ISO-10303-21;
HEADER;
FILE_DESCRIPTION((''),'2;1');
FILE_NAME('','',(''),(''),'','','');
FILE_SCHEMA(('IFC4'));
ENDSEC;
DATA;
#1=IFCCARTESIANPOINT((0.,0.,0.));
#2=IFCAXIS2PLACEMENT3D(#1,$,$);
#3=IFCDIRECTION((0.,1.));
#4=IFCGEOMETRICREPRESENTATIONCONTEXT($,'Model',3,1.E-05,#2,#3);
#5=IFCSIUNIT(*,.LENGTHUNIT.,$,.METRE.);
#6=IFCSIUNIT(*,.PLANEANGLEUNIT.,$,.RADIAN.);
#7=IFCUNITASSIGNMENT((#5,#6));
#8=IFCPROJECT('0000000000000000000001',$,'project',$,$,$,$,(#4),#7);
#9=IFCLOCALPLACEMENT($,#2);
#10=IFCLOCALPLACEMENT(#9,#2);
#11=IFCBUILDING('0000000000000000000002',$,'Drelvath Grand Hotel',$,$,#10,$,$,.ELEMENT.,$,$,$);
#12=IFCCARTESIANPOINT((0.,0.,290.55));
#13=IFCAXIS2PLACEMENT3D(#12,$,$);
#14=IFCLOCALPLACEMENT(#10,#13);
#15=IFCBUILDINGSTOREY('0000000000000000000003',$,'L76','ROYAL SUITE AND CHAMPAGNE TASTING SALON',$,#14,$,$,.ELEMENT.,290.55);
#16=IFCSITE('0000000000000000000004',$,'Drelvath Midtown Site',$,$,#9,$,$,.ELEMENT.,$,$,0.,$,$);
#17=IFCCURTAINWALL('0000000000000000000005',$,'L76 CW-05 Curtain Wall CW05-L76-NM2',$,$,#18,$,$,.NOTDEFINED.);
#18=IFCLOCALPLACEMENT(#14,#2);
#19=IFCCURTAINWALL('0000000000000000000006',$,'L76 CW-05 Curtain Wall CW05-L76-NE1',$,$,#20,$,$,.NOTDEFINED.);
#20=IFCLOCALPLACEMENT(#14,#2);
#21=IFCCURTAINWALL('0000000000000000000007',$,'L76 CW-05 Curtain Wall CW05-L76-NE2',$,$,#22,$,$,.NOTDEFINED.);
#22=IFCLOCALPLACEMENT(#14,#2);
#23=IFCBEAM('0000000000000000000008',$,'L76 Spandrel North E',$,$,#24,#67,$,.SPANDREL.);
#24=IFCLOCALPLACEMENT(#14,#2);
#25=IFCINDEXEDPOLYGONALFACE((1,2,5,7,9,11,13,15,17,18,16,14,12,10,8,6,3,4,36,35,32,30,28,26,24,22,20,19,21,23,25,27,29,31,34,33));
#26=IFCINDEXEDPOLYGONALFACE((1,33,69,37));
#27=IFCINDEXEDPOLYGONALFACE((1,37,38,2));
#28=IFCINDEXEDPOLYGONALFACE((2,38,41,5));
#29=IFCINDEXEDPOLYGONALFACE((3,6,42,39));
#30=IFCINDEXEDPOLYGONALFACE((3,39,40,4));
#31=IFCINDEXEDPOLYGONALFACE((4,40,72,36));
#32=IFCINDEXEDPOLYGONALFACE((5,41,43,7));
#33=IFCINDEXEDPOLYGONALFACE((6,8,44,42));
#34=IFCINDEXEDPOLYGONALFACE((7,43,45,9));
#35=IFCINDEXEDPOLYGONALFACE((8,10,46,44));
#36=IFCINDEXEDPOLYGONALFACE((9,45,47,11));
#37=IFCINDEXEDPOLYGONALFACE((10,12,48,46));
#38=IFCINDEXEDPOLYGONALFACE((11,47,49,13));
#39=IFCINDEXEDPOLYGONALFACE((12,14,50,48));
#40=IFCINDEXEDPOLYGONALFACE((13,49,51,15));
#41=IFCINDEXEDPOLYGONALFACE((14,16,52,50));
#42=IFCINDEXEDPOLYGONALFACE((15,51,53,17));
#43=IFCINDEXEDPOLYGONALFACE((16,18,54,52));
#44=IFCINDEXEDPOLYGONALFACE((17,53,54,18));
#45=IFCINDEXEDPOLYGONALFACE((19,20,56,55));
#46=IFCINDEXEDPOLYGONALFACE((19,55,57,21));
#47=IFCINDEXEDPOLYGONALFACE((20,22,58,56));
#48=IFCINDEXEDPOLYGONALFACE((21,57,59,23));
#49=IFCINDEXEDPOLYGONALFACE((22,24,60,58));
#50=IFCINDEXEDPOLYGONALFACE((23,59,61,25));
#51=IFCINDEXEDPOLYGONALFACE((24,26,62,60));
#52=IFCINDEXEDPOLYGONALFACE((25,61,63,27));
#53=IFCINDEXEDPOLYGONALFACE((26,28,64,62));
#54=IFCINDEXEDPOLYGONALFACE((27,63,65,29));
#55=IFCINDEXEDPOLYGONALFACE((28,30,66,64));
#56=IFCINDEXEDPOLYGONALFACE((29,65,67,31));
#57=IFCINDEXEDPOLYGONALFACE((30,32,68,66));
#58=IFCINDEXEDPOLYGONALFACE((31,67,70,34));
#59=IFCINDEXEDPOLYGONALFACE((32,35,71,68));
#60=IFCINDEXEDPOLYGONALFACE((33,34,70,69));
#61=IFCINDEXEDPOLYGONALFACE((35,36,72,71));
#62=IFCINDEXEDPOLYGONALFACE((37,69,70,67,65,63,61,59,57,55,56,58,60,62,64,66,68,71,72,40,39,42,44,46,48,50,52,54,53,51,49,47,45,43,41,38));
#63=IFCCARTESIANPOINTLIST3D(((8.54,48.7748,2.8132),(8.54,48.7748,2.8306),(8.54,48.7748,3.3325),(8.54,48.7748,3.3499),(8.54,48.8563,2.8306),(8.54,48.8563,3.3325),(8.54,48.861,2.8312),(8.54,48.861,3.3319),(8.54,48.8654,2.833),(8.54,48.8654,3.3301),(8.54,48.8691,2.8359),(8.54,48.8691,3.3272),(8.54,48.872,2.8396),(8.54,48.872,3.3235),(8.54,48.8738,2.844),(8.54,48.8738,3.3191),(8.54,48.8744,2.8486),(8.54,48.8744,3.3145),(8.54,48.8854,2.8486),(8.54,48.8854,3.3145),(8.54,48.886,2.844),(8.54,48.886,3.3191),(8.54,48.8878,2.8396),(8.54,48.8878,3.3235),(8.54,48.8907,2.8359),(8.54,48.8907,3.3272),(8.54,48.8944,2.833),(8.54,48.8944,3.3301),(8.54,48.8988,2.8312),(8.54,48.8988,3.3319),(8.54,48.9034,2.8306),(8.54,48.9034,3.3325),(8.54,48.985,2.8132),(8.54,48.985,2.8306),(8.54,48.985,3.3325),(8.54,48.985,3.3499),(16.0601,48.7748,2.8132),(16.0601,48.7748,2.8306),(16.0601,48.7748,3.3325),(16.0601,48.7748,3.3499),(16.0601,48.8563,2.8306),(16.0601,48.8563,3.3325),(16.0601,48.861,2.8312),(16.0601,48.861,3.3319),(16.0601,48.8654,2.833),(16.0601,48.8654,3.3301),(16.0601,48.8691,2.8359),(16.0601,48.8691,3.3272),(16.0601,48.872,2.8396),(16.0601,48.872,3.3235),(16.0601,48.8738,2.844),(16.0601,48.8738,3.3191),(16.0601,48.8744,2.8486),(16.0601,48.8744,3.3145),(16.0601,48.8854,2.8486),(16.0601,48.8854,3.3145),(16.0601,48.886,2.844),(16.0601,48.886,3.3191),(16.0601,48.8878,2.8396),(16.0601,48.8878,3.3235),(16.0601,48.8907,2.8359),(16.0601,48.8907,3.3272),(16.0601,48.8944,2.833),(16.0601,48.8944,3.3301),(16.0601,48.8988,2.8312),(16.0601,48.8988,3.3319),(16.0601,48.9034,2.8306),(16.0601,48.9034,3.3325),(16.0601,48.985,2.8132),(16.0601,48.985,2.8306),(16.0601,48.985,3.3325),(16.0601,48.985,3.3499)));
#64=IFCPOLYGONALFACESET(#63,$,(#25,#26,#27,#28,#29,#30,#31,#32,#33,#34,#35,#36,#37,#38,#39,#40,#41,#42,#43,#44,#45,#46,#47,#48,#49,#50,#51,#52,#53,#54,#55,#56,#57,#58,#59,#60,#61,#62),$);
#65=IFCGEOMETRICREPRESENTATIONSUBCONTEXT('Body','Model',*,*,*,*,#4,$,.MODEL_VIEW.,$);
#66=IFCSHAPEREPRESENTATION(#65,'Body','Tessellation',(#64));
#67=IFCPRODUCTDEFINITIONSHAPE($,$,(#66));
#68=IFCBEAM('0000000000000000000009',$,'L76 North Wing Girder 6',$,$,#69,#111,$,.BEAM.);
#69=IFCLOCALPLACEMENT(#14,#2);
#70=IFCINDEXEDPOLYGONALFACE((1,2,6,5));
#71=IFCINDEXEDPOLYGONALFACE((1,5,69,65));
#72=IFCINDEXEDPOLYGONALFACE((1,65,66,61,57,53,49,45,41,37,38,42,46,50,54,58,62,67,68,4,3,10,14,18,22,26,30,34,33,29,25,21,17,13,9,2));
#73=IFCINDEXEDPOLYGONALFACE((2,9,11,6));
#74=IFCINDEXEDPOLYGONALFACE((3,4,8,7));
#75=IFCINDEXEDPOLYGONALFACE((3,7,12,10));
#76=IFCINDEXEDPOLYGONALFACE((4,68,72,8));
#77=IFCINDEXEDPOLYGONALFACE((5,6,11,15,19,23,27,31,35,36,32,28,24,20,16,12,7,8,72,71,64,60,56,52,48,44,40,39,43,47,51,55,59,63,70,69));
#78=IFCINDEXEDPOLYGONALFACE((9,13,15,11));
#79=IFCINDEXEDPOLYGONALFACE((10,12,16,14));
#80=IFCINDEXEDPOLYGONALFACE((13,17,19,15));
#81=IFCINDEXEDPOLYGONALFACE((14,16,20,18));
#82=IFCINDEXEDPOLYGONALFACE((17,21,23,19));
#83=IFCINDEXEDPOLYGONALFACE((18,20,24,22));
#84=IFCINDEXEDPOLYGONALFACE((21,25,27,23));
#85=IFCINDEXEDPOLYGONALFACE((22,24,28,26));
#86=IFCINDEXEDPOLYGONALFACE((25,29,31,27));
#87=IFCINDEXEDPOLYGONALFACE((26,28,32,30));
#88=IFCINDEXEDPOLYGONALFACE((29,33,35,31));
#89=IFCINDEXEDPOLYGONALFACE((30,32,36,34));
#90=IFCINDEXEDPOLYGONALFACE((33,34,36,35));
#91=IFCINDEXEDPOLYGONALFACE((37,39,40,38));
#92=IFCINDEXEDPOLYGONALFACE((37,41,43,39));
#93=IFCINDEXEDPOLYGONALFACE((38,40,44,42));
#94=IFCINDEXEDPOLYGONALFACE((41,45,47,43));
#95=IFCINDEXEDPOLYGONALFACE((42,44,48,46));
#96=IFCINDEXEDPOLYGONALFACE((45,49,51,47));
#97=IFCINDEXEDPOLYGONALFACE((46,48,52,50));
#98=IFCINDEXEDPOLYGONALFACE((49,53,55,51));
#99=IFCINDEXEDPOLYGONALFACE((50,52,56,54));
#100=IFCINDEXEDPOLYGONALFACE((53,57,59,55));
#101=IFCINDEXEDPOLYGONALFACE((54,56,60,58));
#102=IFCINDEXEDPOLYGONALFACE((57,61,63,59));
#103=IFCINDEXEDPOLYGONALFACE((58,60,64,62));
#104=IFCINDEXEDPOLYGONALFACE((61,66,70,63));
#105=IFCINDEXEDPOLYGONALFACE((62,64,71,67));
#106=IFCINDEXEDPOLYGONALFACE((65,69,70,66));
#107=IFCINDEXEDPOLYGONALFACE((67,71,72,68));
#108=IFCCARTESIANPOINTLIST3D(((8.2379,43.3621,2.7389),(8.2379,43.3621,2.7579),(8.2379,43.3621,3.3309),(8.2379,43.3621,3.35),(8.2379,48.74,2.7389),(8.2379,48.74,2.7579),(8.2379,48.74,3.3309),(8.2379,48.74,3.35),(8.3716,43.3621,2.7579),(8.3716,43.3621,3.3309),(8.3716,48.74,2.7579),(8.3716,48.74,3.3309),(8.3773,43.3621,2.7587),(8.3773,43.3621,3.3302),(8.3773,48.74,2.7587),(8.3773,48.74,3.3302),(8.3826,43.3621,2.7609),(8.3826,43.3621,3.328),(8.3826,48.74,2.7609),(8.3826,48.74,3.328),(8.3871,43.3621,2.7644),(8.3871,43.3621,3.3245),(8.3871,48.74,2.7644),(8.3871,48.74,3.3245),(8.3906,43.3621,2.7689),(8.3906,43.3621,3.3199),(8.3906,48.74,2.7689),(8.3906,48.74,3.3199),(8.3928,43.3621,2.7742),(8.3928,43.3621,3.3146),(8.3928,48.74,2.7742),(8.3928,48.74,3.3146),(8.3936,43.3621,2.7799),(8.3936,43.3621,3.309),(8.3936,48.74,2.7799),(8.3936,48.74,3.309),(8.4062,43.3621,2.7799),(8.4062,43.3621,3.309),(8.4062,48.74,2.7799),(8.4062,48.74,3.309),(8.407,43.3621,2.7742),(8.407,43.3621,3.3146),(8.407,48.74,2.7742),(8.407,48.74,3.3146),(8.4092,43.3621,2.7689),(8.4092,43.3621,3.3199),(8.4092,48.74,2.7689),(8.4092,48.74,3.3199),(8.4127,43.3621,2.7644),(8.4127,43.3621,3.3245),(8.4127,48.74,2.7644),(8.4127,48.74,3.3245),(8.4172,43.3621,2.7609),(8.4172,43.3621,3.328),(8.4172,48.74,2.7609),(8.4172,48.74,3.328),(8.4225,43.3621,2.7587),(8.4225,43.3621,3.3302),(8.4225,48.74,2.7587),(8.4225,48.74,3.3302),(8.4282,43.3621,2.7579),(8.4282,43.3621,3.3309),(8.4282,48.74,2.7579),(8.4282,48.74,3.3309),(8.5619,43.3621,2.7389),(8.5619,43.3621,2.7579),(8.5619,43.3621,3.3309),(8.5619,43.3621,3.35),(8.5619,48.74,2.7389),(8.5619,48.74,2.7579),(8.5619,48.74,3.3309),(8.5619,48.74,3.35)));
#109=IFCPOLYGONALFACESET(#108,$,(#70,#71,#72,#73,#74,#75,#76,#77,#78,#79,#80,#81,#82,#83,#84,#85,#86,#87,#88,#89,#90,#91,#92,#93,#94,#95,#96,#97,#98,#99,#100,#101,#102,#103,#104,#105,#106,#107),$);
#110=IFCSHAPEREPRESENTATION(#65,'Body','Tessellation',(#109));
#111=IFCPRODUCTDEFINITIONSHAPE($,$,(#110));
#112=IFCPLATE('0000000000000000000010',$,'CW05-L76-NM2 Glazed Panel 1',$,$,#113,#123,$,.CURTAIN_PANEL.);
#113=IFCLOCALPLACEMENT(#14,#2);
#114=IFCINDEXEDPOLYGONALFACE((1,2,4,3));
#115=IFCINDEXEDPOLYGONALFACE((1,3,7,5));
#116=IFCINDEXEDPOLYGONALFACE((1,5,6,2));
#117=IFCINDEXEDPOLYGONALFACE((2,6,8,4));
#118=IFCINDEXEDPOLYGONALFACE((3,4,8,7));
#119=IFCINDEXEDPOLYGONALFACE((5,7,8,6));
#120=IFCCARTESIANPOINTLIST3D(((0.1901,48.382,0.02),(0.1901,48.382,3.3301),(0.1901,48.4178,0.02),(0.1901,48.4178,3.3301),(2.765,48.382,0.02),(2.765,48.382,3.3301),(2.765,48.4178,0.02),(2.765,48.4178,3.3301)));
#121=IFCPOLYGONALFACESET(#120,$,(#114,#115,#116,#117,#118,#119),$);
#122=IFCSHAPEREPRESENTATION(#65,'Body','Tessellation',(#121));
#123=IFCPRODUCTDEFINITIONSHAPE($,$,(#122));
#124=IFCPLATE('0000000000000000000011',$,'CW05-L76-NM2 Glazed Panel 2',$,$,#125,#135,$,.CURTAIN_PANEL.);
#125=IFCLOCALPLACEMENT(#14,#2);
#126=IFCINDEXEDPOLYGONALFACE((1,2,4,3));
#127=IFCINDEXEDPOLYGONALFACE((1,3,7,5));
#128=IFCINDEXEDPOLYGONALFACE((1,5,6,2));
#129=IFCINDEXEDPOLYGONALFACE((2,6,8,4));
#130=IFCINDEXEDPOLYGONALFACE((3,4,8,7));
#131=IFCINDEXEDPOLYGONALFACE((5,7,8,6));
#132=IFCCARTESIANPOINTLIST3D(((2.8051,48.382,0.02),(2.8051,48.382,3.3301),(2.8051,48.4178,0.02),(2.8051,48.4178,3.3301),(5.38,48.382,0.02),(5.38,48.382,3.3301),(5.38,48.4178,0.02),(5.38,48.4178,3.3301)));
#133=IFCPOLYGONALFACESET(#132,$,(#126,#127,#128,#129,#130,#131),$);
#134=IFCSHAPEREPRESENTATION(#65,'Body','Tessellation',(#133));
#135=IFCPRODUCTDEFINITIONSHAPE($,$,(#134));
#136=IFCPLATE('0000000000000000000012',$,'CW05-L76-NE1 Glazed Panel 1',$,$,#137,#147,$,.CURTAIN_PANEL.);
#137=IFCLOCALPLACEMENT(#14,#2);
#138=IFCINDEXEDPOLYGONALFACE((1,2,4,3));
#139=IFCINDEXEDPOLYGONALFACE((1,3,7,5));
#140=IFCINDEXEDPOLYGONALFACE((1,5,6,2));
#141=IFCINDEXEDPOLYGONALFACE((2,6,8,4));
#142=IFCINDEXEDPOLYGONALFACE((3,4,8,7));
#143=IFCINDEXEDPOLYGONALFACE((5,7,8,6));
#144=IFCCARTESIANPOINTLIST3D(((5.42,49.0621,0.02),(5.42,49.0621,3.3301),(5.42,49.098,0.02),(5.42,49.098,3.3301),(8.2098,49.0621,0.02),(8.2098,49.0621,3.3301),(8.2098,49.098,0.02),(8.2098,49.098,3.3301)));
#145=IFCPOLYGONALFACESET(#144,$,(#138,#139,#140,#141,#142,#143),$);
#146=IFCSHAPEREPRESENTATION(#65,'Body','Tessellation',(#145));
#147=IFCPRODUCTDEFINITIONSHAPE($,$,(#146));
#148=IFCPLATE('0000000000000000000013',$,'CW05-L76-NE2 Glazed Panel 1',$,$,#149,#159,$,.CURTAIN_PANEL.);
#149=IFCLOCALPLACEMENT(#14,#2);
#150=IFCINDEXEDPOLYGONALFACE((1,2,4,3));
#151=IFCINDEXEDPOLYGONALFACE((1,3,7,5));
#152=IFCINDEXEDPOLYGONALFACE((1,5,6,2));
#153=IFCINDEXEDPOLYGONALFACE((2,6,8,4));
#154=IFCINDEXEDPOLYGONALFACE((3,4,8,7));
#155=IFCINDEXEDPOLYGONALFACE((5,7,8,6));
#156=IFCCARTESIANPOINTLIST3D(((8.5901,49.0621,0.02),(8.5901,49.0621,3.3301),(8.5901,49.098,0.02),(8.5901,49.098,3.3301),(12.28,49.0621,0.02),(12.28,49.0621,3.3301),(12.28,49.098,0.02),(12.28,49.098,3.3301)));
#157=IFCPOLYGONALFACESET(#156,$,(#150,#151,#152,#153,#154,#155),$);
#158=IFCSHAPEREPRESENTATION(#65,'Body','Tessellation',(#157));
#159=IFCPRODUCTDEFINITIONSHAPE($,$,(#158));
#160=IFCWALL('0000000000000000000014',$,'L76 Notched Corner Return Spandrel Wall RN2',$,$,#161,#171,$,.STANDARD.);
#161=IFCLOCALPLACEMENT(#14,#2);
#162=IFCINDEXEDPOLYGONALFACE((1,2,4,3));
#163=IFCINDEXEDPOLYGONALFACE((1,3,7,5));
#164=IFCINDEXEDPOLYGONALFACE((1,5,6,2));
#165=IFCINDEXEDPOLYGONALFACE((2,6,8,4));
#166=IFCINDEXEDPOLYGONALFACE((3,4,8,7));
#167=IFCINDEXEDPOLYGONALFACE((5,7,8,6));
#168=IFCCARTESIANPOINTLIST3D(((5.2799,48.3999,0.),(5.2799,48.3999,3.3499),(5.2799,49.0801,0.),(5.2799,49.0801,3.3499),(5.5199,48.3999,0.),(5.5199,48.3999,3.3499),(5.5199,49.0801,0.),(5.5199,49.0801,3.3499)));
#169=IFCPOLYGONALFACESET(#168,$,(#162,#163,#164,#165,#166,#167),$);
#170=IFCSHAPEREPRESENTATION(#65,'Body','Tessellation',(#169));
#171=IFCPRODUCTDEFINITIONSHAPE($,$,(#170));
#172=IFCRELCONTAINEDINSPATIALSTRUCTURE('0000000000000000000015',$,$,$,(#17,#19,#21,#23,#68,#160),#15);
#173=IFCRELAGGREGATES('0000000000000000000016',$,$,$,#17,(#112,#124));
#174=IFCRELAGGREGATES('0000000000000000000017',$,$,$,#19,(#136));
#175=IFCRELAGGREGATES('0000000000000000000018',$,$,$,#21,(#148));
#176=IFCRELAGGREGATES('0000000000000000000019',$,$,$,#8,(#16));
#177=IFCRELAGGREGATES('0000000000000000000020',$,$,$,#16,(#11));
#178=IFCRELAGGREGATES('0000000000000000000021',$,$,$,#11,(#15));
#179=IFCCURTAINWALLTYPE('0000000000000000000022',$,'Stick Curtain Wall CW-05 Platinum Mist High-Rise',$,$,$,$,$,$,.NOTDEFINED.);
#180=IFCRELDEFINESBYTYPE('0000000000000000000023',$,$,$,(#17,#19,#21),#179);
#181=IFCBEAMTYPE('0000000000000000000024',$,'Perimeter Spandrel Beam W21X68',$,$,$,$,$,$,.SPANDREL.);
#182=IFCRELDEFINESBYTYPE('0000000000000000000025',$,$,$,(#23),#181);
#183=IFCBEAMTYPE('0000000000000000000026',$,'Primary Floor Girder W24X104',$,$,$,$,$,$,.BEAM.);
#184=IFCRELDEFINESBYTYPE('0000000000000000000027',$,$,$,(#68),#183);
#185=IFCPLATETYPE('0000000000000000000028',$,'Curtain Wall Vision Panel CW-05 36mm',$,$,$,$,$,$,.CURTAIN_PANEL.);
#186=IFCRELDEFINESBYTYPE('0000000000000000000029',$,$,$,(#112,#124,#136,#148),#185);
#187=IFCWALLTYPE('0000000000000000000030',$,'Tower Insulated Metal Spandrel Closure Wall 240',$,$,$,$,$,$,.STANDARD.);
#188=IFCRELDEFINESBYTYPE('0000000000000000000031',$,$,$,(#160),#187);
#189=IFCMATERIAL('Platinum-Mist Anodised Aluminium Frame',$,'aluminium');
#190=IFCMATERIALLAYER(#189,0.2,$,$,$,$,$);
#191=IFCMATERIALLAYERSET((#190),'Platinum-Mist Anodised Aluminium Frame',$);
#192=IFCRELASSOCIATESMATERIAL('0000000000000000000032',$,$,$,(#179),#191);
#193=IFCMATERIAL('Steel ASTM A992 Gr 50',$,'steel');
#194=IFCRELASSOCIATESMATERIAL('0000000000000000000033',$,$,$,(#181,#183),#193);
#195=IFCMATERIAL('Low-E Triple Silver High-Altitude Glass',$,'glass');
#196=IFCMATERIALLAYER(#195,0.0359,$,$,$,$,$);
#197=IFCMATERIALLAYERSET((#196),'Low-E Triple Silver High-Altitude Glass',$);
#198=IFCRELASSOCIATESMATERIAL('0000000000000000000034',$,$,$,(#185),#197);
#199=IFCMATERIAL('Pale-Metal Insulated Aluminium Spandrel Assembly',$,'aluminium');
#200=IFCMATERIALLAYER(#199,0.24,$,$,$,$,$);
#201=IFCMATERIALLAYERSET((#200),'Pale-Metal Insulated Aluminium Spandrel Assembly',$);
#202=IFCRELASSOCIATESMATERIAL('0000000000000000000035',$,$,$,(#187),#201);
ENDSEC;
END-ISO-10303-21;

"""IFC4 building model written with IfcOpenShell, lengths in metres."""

from ifc_helpers import new_model, si_unit, direction, frame, frame_2d, origin, origin_2d, place, context, subcontext, project, spatial, rectangle, i_section, extrude, material, layer, layer_set, material_profile, profile_set, type_object, element, aggregate, save


model = new_model("IFC4")

# Units and contexts
model_context = context("Model", 3, precision=1e-05, world=origin(), true_north=direction((0.0, 1.0)))
body_context = subcontext(model_context, "Body", "Model", "MODEL_VIEW")
ifc_project = project(units=[si_unit("LENGTHUNIT", "METRE"), si_unit("PLANEANGLEUNIT", "RADIAN")], contexts=[model_context])

# Site, building, storey
site_placement = place(None, origin())
site = spatial("IfcSite", under=ifc_project, at=site_placement, Name="Drelvath Midtown Site", CompositionType="ELEMENT", RefElevation=0.0)
building_placement = place(site_placement, origin())
building = spatial("IfcBuilding", under=site, at=building_placement, Name="Drelvath Grand Hotel", CompositionType="ELEMENT")
storey_placement = place(building_placement, frame((0.0, 0.0, 290.55)))
storey = spatial("IfcBuildingStorey", under=building, at=storey_placement, Name="L76", Description="ROYAL SUITE AND CHAMPAGNE TASTING SALON", CompositionType="ELEMENT", Elevation=290.55)

# Curtain walls
ifc_material_1 = material(Name="Platinum-Mist Anodised Aluminium Frame", Category="aluminium")
ifc_layer_1 = layer(ifc_material_1, 0.2)
ifc_layer_set_1 = layer_set([ifc_layer_1], Name="Platinum-Mist Anodised Aluminium Frame")
curtain_wall_type = type_object("IfcCurtainWallType", Name="Stick Curtain Wall CW-05 Platinum Mist High-Rise", PredefinedType="NOTDEFINED", material=ifc_layer_set_1)
curtain_wall_1_placement = place(storey_placement, origin())
curtain_wall_1 = element("IfcCurtainWall", 1, at=curtain_wall_1_placement, inside=storey, type_object=curtain_wall_type, Name="L76 CW-05 Curtain Wall CW05-L76-NM2", PredefinedType="NOTDEFINED")
curtain_wall_2_placement = place(storey_placement, origin())
curtain_wall_2 = element("IfcCurtainWall", 2, at=curtain_wall_2_placement, inside=storey, type_object=curtain_wall_type, Name="L76 CW-05 Curtain Wall CW05-L76-NE1", PredefinedType="NOTDEFINED")
curtain_wall_3_placement = place(storey_placement, origin())
curtain_wall_3 = element("IfcCurtainWall", 3, at=curtain_wall_3_placement, inside=storey, type_object=curtain_wall_type, Name="L76 CW-05 Curtain Wall CW05-L76-NE2", PredefinedType="NOTDEFINED")

# Beams
ifc_material_2 = material(Name="Steel ASTM A992 Gr 50", Category="steel")
ifc_material_profile_1 = material_profile(ifc_material_2, i_section(OverallWidth=0.2102, OverallDepth=0.5366, WebThickness=0.011, FlangeThickness=0.0173, FilletRadius=0.0181, at=origin_2d()), Name="W21X68")
ifc_profile_set_1 = profile_set([ifc_material_profile_1], Name="Steel ASTM A992 Gr 50")
beam_type_1 = type_object("IfcBeamType", Name="Perimeter Spandrel Beam W21X68", PredefinedType="SPANDREL", material=ifc_profile_set_1)
beam_1_placement = place(storey_placement, frame((8.54, 48.8799, 3.0815), z_axis=(1.0, 0.0, 0.0), x_axis=(0.0, 1.0, 0.0)))
element("IfcBeam", 4, at=beam_1_placement, inside=storey, type_object=beam_type_1, Name="L76 Spandrel North E", PredefinedType="SPANDREL", context=body_context, shape_type="SweptSolid", body=[
    extrude(i_section(OverallWidth=0.2102, OverallDepth=0.5366, WebThickness=0.011, FlangeThickness=0.0173, FilletRadius=0.0181, at=origin_2d()), origin(), (0.0, 0.0, 1.0), 7.52),
])
ifc_material_profile_2 = material_profile(ifc_material_2, i_section(OverallWidth=0.324, OverallDepth=0.6111, WebThickness=0.0127, FlangeThickness=0.019, FilletRadius=0.022, at=origin_2d()), Name="W24X104")
ifc_profile_set_2 = profile_set([ifc_material_profile_2], Name="Steel ASTM A992 Gr 50")
beam_type_2 = type_object("IfcBeamType", Name="Primary Floor Girder W24X104", PredefinedType="BEAM", material=ifc_profile_set_2)
beam_2_placement = place(storey_placement, frame((8.3999, 43.3621, 3.0444), z_axis=(0.0, 1.0, 0.0), x_axis=(-1.0, 0.0, 0.0)))
element("IfcBeam", 5, at=beam_2_placement, inside=storey, type_object=beam_type_2, Name="L76 North Wing Girder 6", PredefinedType="BEAM", context=body_context, shape_type="SweptSolid", body=[
    extrude(i_section(OverallWidth=0.324, OverallDepth=0.6111, WebThickness=0.0127, FlangeThickness=0.019, FilletRadius=0.022, at=origin_2d()), origin(), (0.0, 0.0, 1.0), 5.3779),
])

# Plates
ifc_material_3 = material(Name="Low-E Triple Silver High-Altitude Glass", Category="glass")
ifc_layer_2 = layer(ifc_material_3, 0.0359)
ifc_layer_set_2 = layer_set([ifc_layer_2], Name="Low-E Triple Silver High-Altitude Glass")
plate_type = type_object("IfcPlateType", Name="Curtain Wall Vision Panel CW-05 36mm", PredefinedType="CURTAIN_PANEL", material=ifc_layer_set_2)
plate_1_placement = place(storey_placement, frame((1.4775, 48.3999, 0.02), z_axis=(0.0, 0.0, 1.0), x_axis=(1.0, 0.0, 0.0)))
plate_1 = element("IfcPlate", 6, at=plate_1_placement, type_object=plate_type, Name="CW05-L76-NM2 Glazed Panel 1", PredefinedType="CURTAIN_PANEL", context=body_context, shape_type="SweptSolid", body=[
    extrude(rectangle(XDim=2.575, YDim=0.0359, at=origin_2d()), origin(), (0.0, 0.0, 1.0), 3.3101),
])
plate_2_placement = place(storey_placement, frame((4.0925, 48.3999, 0.02), z_axis=(0.0, 0.0, 1.0), x_axis=(1.0, 0.0, 0.0)))
plate_2 = element("IfcPlate", 7, at=plate_2_placement, type_object=plate_type, Name="CW05-L76-NM2 Glazed Panel 2", PredefinedType="CURTAIN_PANEL", context=body_context, shape_type="SweptSolid", body=[
    extrude(rectangle(XDim=2.575, YDim=0.0359, at=origin_2d()), origin(), (0.0, 0.0, 1.0), 3.3101),
])
aggregate(curtain_wall_1, [plate_1, plate_2])
plate_3_placement = place(storey_placement, frame((6.8149, 49.0801, 0.02), z_axis=(0.0, 0.0, 1.0), x_axis=(1.0, 0.0, 0.0)))
plate_3 = element("IfcPlate", 8, at=plate_3_placement, type_object=plate_type, Name="CW05-L76-NE1 Glazed Panel 1", PredefinedType="CURTAIN_PANEL", context=body_context, shape_type="SweptSolid", body=[
    extrude(rectangle(XDim=2.7898, YDim=0.0359, at=origin_2d()), origin(), (0.0, 0.0, 1.0), 3.3101),
])
aggregate(curtain_wall_2, [plate_3])
plate_4_placement = place(storey_placement, frame((10.4351, 49.0801, 0.02), z_axis=(0.0, 0.0, 1.0), x_axis=(1.0, 0.0, 0.0)))
plate_4 = element("IfcPlate", 9, at=plate_4_placement, type_object=plate_type, Name="CW05-L76-NE2 Glazed Panel 1", PredefinedType="CURTAIN_PANEL", context=body_context, shape_type="SweptSolid", body=[
    extrude(rectangle(XDim=3.6899, YDim=0.0359, at=origin_2d()), origin(), (0.0, 0.0, 1.0), 3.3101),
])
aggregate(curtain_wall_3, [plate_4])

# Wall
ifc_material_4 = material(Name="Pale-Metal Insulated Aluminium Spandrel Assembly", Category="aluminium")
ifc_layer_3 = layer(ifc_material_4, 0.24)
ifc_layer_set_3 = layer_set([ifc_layer_3], Name="Pale-Metal Insulated Aluminium Spandrel Assembly")
wall_type = type_object("IfcWallType", Name="Tower Insulated Metal Spandrel Closure Wall 240", PredefinedType="STANDARD", material=ifc_layer_set_3)
wall_placement = place(storey_placement, frame((5.3999, 48.3999, 0.0), z_axis=(0.0, 0.0, 1.0), x_axis=(0.0, 1.0, 0.0)))
element("IfcWall", 10, at=wall_placement, inside=storey, type_object=wall_type, Name="L76 Notched Corner Return Spandrel Wall RN2", PredefinedType="STANDARD", context=body_context, shape_type="SweptSolid", body=[
    extrude(rectangle(XDim=0.6802, YDim=0.24, at=frame_2d((0.3401, 0.0))), origin(), (0.0, 0.0, 1.0), 3.3499),
])

save(model, "model.ifc")
